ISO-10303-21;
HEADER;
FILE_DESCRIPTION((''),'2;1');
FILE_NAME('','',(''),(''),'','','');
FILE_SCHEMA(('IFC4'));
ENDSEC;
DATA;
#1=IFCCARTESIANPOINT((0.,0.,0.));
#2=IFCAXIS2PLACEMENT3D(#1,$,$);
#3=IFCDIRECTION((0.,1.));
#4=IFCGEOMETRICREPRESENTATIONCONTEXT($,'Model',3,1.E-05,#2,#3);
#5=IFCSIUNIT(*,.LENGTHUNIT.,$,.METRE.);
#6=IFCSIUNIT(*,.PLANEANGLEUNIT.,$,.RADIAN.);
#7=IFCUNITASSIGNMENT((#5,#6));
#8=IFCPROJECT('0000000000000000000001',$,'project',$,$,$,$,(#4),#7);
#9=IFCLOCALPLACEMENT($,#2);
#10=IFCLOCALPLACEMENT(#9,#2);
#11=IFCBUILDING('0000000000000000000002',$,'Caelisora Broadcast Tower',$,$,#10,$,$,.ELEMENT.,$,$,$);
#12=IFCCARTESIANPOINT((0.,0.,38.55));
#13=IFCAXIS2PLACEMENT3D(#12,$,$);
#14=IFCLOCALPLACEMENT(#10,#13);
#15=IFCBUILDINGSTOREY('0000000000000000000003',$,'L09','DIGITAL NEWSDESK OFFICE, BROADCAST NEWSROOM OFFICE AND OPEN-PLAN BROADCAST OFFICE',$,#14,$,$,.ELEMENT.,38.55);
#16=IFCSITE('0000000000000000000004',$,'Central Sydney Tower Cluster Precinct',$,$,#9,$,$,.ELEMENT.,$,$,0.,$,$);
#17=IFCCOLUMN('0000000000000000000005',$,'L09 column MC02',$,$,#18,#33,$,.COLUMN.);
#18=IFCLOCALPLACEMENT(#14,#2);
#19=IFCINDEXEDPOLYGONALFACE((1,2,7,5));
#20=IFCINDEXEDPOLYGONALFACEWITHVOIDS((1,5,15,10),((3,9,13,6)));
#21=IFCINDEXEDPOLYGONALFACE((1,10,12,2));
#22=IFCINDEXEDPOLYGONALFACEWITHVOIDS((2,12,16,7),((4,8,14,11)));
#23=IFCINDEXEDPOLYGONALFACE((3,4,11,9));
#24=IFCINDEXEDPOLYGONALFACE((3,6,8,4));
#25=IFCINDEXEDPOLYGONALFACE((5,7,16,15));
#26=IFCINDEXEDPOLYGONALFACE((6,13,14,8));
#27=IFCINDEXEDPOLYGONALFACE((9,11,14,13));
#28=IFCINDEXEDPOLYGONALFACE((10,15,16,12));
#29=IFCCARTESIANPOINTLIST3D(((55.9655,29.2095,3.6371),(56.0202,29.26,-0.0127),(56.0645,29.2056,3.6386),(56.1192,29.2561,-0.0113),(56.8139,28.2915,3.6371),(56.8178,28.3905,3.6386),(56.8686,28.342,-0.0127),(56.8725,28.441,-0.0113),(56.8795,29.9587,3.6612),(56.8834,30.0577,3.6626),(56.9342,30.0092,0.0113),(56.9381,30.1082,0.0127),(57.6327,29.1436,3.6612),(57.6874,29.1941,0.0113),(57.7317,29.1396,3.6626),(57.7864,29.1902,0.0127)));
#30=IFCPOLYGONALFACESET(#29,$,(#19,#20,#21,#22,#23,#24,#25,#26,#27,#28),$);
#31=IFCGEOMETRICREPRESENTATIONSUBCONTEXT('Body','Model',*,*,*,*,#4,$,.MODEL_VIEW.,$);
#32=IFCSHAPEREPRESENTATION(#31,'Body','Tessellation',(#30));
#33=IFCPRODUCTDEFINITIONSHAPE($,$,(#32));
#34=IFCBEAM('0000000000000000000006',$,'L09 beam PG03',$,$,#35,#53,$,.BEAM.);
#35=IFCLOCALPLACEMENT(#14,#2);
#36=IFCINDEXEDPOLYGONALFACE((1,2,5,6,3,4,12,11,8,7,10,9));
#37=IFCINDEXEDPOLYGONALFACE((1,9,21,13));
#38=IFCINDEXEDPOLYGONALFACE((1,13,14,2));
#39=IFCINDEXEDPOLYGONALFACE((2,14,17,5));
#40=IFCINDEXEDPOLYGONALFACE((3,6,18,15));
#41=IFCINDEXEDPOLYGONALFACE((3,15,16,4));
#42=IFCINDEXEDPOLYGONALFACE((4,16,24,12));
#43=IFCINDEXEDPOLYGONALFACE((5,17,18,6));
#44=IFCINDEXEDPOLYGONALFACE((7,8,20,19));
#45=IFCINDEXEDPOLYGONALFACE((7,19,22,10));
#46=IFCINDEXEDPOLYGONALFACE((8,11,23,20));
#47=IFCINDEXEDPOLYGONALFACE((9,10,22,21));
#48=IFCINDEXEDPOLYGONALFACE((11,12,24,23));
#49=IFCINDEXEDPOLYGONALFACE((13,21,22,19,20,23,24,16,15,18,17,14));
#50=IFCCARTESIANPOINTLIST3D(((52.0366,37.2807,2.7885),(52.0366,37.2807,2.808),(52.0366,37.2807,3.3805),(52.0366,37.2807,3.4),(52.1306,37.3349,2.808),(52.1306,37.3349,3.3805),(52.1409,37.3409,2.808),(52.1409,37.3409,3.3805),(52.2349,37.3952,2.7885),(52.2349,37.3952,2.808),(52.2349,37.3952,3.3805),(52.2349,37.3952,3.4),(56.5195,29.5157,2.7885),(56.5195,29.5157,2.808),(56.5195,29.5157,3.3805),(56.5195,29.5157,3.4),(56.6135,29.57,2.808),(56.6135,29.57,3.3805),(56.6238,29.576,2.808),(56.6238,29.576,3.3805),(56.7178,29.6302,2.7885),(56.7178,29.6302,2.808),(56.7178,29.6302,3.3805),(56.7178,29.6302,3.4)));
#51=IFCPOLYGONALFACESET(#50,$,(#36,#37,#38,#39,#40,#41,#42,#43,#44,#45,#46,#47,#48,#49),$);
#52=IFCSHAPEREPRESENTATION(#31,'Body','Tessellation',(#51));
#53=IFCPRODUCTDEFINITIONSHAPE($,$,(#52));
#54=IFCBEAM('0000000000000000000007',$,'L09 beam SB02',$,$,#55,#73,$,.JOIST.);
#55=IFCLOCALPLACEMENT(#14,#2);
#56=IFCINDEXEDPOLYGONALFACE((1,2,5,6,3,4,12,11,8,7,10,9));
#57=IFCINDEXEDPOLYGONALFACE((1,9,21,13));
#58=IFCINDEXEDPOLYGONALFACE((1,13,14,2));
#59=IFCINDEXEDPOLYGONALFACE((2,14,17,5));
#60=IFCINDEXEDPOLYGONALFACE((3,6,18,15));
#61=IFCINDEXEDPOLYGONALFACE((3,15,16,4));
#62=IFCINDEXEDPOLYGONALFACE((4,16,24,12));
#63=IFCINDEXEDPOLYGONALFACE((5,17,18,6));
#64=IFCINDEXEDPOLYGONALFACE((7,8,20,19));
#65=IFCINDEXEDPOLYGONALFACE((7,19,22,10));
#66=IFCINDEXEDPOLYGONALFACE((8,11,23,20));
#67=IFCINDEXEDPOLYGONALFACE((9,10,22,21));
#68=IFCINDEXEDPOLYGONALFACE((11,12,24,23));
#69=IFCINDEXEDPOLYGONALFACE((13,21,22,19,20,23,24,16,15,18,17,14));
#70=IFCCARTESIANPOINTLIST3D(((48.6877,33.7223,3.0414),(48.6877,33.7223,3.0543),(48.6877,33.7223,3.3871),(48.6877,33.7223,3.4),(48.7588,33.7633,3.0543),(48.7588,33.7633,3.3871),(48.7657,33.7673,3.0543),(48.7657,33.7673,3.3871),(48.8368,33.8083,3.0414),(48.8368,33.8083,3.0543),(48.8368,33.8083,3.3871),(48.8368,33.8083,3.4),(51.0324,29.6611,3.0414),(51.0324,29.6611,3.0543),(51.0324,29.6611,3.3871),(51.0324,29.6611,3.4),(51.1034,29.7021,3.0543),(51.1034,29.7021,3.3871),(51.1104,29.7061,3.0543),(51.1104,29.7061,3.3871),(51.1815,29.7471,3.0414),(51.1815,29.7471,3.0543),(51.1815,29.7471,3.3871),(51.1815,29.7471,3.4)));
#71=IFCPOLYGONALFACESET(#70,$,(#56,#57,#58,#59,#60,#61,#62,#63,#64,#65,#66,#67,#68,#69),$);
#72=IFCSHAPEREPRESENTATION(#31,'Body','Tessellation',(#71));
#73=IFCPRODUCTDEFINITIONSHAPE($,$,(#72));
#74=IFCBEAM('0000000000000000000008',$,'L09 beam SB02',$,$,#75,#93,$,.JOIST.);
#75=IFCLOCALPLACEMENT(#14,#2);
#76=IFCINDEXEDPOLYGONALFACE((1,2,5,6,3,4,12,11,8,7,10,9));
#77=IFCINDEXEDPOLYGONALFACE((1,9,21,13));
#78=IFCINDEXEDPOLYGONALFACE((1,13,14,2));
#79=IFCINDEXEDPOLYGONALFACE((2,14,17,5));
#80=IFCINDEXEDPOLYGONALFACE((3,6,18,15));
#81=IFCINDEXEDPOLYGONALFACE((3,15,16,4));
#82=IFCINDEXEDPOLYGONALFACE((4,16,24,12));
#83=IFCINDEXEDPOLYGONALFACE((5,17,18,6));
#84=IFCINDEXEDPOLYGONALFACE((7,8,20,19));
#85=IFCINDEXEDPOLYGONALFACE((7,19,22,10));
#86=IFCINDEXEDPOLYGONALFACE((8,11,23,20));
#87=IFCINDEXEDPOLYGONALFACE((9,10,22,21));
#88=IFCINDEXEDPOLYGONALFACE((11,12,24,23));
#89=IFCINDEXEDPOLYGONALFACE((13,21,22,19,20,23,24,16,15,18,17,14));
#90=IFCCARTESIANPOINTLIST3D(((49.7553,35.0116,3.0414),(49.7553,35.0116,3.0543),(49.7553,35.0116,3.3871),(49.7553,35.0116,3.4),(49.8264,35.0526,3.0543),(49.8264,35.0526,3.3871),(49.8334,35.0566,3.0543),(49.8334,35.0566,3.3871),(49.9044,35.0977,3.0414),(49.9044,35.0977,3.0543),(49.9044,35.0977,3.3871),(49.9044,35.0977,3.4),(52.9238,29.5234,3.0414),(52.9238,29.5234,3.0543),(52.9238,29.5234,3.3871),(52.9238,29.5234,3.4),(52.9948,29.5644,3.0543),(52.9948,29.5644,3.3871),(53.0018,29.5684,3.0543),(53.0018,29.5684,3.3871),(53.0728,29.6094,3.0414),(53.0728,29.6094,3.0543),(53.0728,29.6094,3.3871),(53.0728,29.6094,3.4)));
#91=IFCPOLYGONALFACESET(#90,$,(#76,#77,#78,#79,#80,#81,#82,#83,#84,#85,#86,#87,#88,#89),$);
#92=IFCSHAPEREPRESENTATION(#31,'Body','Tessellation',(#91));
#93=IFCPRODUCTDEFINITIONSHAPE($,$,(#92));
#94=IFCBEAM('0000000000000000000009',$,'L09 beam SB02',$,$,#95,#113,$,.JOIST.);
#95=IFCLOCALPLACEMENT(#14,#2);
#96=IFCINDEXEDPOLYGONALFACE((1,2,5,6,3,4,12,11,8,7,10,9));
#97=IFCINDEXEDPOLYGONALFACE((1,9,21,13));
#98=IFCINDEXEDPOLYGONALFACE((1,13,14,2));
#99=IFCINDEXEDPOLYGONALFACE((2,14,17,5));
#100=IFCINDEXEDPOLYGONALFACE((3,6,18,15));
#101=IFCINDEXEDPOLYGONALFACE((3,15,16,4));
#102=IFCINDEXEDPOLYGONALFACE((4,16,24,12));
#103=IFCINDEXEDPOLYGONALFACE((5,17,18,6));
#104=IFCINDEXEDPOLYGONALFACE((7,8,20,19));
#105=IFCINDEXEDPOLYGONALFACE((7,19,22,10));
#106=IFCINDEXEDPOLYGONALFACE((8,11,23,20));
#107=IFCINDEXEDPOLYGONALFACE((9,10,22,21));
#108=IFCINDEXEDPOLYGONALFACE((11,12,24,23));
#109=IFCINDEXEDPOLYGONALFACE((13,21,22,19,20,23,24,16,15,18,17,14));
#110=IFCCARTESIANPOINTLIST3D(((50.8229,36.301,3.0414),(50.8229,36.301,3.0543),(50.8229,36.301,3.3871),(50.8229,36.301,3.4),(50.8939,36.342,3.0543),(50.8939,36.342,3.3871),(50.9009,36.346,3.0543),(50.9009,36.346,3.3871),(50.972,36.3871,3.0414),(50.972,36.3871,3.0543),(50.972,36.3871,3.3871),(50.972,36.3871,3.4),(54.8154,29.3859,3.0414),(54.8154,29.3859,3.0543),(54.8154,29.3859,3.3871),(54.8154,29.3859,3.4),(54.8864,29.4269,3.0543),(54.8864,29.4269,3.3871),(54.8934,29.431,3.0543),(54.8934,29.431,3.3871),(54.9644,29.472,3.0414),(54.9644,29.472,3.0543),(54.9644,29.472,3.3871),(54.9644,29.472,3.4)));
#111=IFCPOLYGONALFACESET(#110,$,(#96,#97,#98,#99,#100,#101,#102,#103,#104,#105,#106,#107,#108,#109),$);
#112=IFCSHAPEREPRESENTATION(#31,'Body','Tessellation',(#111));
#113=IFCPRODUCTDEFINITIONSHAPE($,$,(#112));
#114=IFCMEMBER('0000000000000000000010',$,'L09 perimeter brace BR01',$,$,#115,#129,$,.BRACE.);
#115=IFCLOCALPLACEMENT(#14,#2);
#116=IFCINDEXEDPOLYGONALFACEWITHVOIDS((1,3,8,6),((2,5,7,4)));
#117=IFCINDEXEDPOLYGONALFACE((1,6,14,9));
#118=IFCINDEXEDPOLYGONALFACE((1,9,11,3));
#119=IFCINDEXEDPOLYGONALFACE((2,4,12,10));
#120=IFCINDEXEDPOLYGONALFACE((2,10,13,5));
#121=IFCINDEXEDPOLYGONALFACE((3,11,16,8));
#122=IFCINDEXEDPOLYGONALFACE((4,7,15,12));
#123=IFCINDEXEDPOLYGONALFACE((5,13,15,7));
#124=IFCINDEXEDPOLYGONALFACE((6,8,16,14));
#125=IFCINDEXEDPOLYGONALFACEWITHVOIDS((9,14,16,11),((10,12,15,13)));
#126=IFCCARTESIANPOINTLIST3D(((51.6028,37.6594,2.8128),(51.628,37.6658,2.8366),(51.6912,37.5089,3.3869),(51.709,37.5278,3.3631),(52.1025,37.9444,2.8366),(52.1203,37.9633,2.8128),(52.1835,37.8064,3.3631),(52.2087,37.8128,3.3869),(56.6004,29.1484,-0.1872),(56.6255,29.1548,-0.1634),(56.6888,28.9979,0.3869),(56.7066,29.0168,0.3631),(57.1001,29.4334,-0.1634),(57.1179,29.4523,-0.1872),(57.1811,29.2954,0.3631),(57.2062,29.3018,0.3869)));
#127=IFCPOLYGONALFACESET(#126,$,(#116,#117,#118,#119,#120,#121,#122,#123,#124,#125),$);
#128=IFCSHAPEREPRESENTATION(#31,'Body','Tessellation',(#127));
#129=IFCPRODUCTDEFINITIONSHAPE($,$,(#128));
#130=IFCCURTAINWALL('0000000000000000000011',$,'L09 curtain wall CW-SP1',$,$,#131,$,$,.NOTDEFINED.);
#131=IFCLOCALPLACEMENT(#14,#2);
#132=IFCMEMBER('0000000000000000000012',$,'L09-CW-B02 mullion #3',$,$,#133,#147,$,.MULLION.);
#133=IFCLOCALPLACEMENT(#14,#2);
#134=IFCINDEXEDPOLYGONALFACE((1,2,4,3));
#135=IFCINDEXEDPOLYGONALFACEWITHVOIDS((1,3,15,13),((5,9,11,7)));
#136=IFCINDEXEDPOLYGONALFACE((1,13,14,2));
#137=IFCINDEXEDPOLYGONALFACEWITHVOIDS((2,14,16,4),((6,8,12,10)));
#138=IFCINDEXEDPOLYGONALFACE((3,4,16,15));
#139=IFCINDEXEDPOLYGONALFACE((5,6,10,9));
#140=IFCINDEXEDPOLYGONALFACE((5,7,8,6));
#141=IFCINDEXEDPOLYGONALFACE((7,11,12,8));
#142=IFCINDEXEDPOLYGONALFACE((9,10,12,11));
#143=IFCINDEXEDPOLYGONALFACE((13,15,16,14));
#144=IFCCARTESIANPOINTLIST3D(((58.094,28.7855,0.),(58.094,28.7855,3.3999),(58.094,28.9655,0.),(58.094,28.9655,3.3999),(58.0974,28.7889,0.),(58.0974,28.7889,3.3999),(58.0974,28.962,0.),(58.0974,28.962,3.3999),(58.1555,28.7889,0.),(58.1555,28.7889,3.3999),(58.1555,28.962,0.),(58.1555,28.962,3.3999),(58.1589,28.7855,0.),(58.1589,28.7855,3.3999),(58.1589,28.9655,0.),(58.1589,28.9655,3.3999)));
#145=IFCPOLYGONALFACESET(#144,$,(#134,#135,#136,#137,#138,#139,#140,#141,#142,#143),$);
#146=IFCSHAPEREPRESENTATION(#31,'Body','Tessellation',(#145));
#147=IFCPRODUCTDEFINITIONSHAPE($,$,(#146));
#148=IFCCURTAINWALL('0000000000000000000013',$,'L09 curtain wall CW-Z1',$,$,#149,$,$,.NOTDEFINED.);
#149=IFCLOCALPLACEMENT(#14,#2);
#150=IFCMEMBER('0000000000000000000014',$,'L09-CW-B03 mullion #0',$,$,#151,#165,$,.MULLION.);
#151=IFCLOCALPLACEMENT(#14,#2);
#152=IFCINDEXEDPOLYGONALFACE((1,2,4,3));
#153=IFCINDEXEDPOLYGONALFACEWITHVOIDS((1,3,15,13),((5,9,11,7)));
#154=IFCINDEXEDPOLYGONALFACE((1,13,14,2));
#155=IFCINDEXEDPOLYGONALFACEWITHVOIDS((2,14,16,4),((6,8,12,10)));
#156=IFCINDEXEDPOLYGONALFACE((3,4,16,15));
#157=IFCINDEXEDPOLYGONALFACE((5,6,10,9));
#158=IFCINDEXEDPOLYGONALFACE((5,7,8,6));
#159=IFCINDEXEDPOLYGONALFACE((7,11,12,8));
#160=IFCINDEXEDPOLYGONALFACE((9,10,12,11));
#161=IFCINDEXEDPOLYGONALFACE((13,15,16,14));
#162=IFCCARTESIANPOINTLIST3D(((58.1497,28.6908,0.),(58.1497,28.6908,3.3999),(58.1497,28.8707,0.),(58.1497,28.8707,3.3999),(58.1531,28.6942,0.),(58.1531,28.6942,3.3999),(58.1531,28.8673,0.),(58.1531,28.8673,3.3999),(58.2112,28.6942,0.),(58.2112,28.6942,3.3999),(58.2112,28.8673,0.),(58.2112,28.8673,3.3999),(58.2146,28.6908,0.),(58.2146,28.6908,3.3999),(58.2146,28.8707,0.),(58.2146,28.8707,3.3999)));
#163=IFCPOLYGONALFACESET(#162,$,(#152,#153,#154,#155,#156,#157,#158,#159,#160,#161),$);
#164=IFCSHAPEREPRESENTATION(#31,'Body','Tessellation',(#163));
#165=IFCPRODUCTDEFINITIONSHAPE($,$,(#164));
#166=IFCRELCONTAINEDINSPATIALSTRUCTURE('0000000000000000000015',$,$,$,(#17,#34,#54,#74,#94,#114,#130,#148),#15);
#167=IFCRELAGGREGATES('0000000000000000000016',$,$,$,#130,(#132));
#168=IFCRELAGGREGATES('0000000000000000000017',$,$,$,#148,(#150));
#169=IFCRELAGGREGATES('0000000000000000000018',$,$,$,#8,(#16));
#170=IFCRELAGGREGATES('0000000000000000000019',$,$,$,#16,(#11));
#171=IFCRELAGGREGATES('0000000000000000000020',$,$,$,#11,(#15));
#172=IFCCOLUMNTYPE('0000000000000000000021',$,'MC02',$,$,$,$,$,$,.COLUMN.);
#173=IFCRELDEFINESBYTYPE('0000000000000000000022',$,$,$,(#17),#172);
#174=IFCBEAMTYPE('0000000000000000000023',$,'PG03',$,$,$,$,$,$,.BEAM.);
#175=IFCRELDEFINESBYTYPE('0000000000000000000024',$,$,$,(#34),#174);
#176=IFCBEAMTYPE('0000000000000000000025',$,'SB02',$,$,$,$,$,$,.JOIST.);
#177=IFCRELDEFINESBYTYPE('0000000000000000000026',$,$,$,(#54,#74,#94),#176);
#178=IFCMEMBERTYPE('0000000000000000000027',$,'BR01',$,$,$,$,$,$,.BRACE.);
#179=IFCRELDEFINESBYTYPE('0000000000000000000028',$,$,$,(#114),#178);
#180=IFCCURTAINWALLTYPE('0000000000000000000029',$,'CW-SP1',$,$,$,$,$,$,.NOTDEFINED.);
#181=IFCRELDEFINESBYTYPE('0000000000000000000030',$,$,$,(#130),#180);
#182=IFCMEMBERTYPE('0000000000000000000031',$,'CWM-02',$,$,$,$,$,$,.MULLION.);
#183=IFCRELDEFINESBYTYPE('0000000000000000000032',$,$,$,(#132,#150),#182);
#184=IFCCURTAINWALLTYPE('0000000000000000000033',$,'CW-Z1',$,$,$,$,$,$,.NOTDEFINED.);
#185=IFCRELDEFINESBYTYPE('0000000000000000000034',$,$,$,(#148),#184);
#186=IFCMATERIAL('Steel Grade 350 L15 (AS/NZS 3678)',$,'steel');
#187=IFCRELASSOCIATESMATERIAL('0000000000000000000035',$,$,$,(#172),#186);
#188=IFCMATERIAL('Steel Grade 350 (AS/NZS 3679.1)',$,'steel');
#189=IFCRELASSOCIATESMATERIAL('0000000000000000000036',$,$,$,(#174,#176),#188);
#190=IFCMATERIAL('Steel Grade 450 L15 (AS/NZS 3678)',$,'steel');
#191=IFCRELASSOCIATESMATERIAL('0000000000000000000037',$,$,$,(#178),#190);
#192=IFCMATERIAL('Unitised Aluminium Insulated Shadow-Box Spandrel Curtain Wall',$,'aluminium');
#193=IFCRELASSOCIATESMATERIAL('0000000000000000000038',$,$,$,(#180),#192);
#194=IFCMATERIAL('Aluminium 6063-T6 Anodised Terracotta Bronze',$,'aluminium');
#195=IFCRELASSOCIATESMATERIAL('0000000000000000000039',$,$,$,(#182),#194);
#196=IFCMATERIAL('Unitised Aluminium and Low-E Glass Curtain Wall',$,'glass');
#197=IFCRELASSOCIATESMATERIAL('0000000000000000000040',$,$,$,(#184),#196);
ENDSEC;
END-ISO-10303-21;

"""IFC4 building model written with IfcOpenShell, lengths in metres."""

from ifc_helpers import new_model, si_unit, direction, frame, origin, origin_2d, place, context, subcontext, project, spatial, hollow_rectangle, i_section, extrude, source, transform, mapped, material, material_profile, profile_set, type_object, type_shapes, element, aggregate, save


model = new_model("IFC4")

# Units and contexts
model_context = context("Model", 3, precision=1e-05, world=origin(), true_north=direction((0.0, 1.0)))
body_context = subcontext(model_context, "Body", "Model", "MODEL_VIEW")
ifc_project = project(units=[si_unit("LENGTHUNIT", "METRE"), si_unit("PLANEANGLEUNIT", "RADIAN")], contexts=[model_context])

# Site, building, storey
site_placement = place(None, origin())
site = spatial("IfcSite", under=ifc_project, at=site_placement, Name="Central Sydney Tower Cluster Precinct", CompositionType="ELEMENT", RefElevation=0.0)
building_placement = place(site_placement, origin())
building = spatial("IfcBuilding", under=site, at=building_placement, Name="Caelisora Broadcast Tower", CompositionType="ELEMENT")
storey_placement = place(building_placement, frame((0.0, 0.0, 38.55)))
storey = spatial("IfcBuildingStorey", under=building, at=storey_placement, Name="L09", Description="DIGITAL NEWSDESK OFFICE, BROADCAST NEWSROOM OFFICE AND OPEN-PLAN BROADCAST OFFICE", CompositionType="ELEMENT", Elevation=38.55)

# Column
ifc_material_1 = material(Name="Steel Grade 350 L15 (AS/NZS 3678)", Category="steel")
ifc_material_profile_1 = material_profile(ifc_material_1, hollow_rectangle(XDim=1.25, YDim=1.25, WallThickness=0.0701, at=origin_2d()), Name="Steel Grade 350 L15 (AS/NZS 3678)")
ifc_profile_set_1 = profile_set([ifc_material_profile_1], Name="Steel Grade 350 L15 (AS/NZS 3678)")
column_type = type_object("IfcColumnType", Name="MC02", PredefinedType="COLUMN", material=ifc_profile_set_1)
shared_shape_1 = source(origin(), body_context, "Body", "SweptSolid", [
    extrude(hollow_rectangle(XDim=1.25, YDim=1.25, WallThickness=0.0701, at=origin_2d()), origin(), (0.0, 0.0, 1.0), 3.6506),
])
type_shapes(column_type, [shared_shape_1])
column_placement = place(storey_placement, frame((56.9033, 29.2251, 0.0), z_axis=(-0.01498, -0.013843, 0.999792), x_axis=(0.678689, -0.734426, 0.0)))
element("IfcColumn", 1, at=column_placement, inside=storey, type_object=column_type, Name="L09 column MC02", PredefinedType="COLUMN", context=body_context, shape_type="MappedRepresentation", body=[
    mapped(shared_shape_1, transform((0.0, 0.0, 0.0), scale=1.0)),
])

# Beams
ifc_material_2 = material(Name="Steel Grade 350 (AS/NZS 3679.1)", Category="steel")
ifc_material_profile_2 = material_profile(ifc_material_2, i_section(OverallWidth=0.229, OverallDepth=0.6116, WebThickness=0.012, FlangeThickness=0.0195, at=origin_2d()), Name="Steel Grade 350 (AS/NZS 3679.1)")
ifc_profile_set_2 = profile_set([ifc_material_profile_2], Name="Steel Grade 350 (AS/NZS 3679.1)")
beam_type_1 = type_object("IfcBeamType", Name="PG03", PredefinedType="BEAM", material=ifc_profile_set_2)
shared_shape_2 = source(origin(), body_context, "Body", "SweptSolid", [
    extrude(i_section(OverallWidth=0.229, OverallDepth=0.6116, WebThickness=0.012, FlangeThickness=0.0195, at=origin_2d()), origin(), (0.0, 0.0, 1.0), 8.9661),
])
type_shapes(beam_type_1, [shared_shape_2])
beam_1_placement = place(storey_placement, frame((56.6187, 29.573, 3.0942), z_axis=(-0.499987, 0.866033, 0.0), x_axis=(-0.866033, -0.499987, 0.0)))
element("IfcBeam", 2, at=beam_1_placement, inside=storey, type_object=beam_type_1, Name="L09 beam PG03", PredefinedType="BEAM", context=body_context, shape_type="MappedRepresentation", body=[
    mapped(shared_shape_2, transform((0.0, 0.0, 0.0), scale=1.0)),
])
ifc_material_profile_3 = material_profile(ifc_material_2, i_section(OverallWidth=0.1721, OverallDepth=0.3586, WebThickness=0.0081, FlangeThickness=0.0129, at=origin_2d()), Name="Steel Grade 350 (AS/NZS 3679.1)")
ifc_profile_set_3 = profile_set([ifc_material_profile_3], Name="Steel Grade 350 (AS/NZS 3679.1)")
beam_type_2 = type_object("IfcBeamType", Name="SB02", PredefinedType="JOIST", material=ifc_profile_set_3)
shared_shape_3 = source(origin(), body_context, "Body", "SweptSolid", [
    extrude(i_section(OverallWidth=0.1721, OverallDepth=0.3586, WebThickness=0.0081, FlangeThickness=0.0129, at=origin_2d()), origin(), (0.0, 0.0, 1.0), 4.6895),
])
beam_2_placement = place(storey_placement, frame((51.1069, 29.7041, 3.2207), z_axis=(-0.499991, 0.86603, 0.0), x_axis=(-0.86603, -0.499991, 0.0)))
element("IfcBeam", 3, at=beam_2_placement, inside=storey, type_object=beam_type_2, Name="L09 beam SB02", PredefinedType="JOIST", context=body_context, shape_type="MappedRepresentation", body=[
    mapped(shared_shape_3, transform((0.0, 0.0, 0.0), scale=1.0)),
])
shared_shape_4 = source(origin(), body_context, "Body", "SweptSolid", [
    extrude(i_section(OverallWidth=0.1721, OverallDepth=0.3586, WebThickness=0.0081, FlangeThickness=0.0129, at=origin_2d()), origin(), (0.0, 0.0, 1.0), 6.3372),
])
beam_3_placement = place(storey_placement, frame((52.9983, 29.5664, 3.2207), z_axis=(-0.499976, 0.866039, 0.0), x_axis=(-0.866039, -0.499976, 0.0)))
element("IfcBeam", 4, at=beam_3_placement, inside=storey, type_object=beam_type_2, Name="L09 beam SB02", PredefinedType="JOIST", context=body_context, shape_type="MappedRepresentation", body=[
    mapped(shared_shape_4, transform((0.0, 0.0, 0.0), scale=1.0)),
])
shared_shape_5 = source(origin(), body_context, "Body", "SweptSolid", [
    extrude(i_section(OverallWidth=0.1721, OverallDepth=0.3586, WebThickness=0.0081, FlangeThickness=0.0129, at=origin_2d()), origin(), (0.0, 0.0, 1.0), 7.9849),
])
type_shapes(beam_type_2, [shared_shape_3, shared_shape_4, shared_shape_5])
beam_4_placement = place(storey_placement, frame((54.8899, 29.429, 3.2207), z_axis=(-0.500003, 0.866024, 0.0), x_axis=(-0.866024, -0.500003, 0.0)))
element("IfcBeam", 5, at=beam_4_placement, inside=storey, type_object=beam_type_2, Name="L09 beam SB02", PredefinedType="JOIST", context=body_context, shape_type="MappedRepresentation", body=[
    mapped(shared_shape_5, transform((0.0, 0.0, 0.0), scale=1.0)),
])

# Member
ifc_material_3 = material(Name="Steel Grade 450 L15 (AS/NZS 3678)", Category="steel")
ifc_material_profile_4 = material_profile(ifc_material_3, hollow_rectangle(XDim=0.6001, YDim=0.6001, WallThickness=0.0249, at=origin_2d()), Name="Steel Grade 450 L15 (AS/NZS 3678)")
ifc_profile_set_4 = profile_set([ifc_material_profile_4], Name="Steel Grade 450 L15 (AS/NZS 3678)")
member_type_1 = type_object("IfcMemberType", Name="BR01", PredefinedType="BRACE", material=ifc_profile_set_4)
shared_shape_6 = source(origin(), body_context, "Body", "SweptSolid", [
    extrude(hollow_rectangle(XDim=0.6001, YDim=0.6001, WallThickness=0.0249, at=origin_2d()), origin(), (0.0, 0.0, 1.0), 10.3157),
])
type_shapes(member_type_1, [shared_shape_6])
member_1_placement = place(storey_placement, frame((56.9033, 29.2251, 0.0999), z_axis=(-0.484464, 0.825056, 0.29082), x_axis=(-0.862328, -0.50635, 0.0)))
element("IfcMember", 6, at=member_1_placement, inside=storey, type_object=member_type_1, Name="L09 perimeter brace BR01", PredefinedType="BRACE", context=body_context, shape_type="MappedRepresentation", body=[
    mapped(shared_shape_6, transform((0.0, 0.0, 0.0), scale=1.0)),
])

# Curtain wall, member
ifc_material_4 = material(Name="Unitised Aluminium Insulated Shadow-Box Spandrel Curtain Wall", Category="aluminium")
curtain_wall_type_1 = type_object("IfcCurtainWallType", Name="CW-SP1", PredefinedType="NOTDEFINED", material=ifc_material_4)
curtain_wall_1_placement = place(storey_placement, origin())
curtain_wall_1 = element("IfcCurtainWall", 7, at=curtain_wall_1_placement, inside=storey, type_object=curtain_wall_type_1, Name="L09 curtain wall CW-SP1", PredefinedType="NOTDEFINED")
ifc_material_5 = material(Name="Aluminium 6063-T6 Anodised Terracotta Bronze", Category="aluminium")
ifc_material_profile_5 = material_profile(ifc_material_5, hollow_rectangle(XDim=0.0649, YDim=0.1799, WallThickness=0.0034, at=origin_2d()), Name="Aluminium 6063-T6 Anodised Terracotta Bronze")
ifc_profile_set_5 = profile_set([ifc_material_profile_5], Name="Aluminium 6063-T6 Anodised Terracotta Bronze")
member_type_2 = type_object("IfcMemberType", Name="CWM-02", PredefinedType="MULLION", material=ifc_profile_set_5)
shared_shape_7 = source(origin(), body_context, "Body", "SweptSolid", [
    extrude(hollow_rectangle(XDim=0.0649, YDim=0.1799, WallThickness=0.0034, at=origin_2d()), origin(), (0.0, 0.0, 1.0), 3.3999),
])
type_shapes(member_type_2, [shared_shape_7])
member_2_placement = place(storey_placement, frame((58.1265, 28.8755, 0.0), z_axis=(0.0, 0.0, 1.0), x_axis=(1.0, 0.0, 0.0)))
member_2 = element("IfcMember", 8, at=member_2_placement, type_object=member_type_2, Name="L09-CW-B02 mullion #3", PredefinedType="MULLION", context=body_context, shape_type="MappedRepresentation", body=[
    mapped(shared_shape_7, transform((0.0, 0.0, 0.0), scale=1.0)),
])

# Curtain wall, member
ifc_material_6 = material(Name="Unitised Aluminium and Low-E Glass Curtain Wall", Category="glass")
curtain_wall_type_2 = type_object("IfcCurtainWallType", Name="CW-Z1", PredefinedType="NOTDEFINED", material=ifc_material_6)
curtain_wall_2_placement = place(storey_placement, origin())
curtain_wall_2 = element("IfcCurtainWall", 9, at=curtain_wall_2_placement, inside=storey, type_object=curtain_wall_type_2, Name="L09 curtain wall CW-Z1", PredefinedType="NOTDEFINED")
member_3_placement = place(storey_placement, frame((58.1821, 28.7808, 0.0), z_axis=(0.0, 0.0, 1.0), x_axis=(1.0, 0.0, 0.0)))
member_3 = element("IfcMember", 10, at=member_3_placement, type_object=member_type_2, Name="L09-CW-B03 mullion #0", PredefinedType="MULLION", context=body_context, shape_type="MappedRepresentation", body=[
    mapped(shared_shape_7, transform((0.0, 0.0, 0.0), scale=1.0)),
])

aggregate(curtain_wall_1, [member_2])
aggregate(curtain_wall_2, [member_3])

save(model, "model.ifc")
